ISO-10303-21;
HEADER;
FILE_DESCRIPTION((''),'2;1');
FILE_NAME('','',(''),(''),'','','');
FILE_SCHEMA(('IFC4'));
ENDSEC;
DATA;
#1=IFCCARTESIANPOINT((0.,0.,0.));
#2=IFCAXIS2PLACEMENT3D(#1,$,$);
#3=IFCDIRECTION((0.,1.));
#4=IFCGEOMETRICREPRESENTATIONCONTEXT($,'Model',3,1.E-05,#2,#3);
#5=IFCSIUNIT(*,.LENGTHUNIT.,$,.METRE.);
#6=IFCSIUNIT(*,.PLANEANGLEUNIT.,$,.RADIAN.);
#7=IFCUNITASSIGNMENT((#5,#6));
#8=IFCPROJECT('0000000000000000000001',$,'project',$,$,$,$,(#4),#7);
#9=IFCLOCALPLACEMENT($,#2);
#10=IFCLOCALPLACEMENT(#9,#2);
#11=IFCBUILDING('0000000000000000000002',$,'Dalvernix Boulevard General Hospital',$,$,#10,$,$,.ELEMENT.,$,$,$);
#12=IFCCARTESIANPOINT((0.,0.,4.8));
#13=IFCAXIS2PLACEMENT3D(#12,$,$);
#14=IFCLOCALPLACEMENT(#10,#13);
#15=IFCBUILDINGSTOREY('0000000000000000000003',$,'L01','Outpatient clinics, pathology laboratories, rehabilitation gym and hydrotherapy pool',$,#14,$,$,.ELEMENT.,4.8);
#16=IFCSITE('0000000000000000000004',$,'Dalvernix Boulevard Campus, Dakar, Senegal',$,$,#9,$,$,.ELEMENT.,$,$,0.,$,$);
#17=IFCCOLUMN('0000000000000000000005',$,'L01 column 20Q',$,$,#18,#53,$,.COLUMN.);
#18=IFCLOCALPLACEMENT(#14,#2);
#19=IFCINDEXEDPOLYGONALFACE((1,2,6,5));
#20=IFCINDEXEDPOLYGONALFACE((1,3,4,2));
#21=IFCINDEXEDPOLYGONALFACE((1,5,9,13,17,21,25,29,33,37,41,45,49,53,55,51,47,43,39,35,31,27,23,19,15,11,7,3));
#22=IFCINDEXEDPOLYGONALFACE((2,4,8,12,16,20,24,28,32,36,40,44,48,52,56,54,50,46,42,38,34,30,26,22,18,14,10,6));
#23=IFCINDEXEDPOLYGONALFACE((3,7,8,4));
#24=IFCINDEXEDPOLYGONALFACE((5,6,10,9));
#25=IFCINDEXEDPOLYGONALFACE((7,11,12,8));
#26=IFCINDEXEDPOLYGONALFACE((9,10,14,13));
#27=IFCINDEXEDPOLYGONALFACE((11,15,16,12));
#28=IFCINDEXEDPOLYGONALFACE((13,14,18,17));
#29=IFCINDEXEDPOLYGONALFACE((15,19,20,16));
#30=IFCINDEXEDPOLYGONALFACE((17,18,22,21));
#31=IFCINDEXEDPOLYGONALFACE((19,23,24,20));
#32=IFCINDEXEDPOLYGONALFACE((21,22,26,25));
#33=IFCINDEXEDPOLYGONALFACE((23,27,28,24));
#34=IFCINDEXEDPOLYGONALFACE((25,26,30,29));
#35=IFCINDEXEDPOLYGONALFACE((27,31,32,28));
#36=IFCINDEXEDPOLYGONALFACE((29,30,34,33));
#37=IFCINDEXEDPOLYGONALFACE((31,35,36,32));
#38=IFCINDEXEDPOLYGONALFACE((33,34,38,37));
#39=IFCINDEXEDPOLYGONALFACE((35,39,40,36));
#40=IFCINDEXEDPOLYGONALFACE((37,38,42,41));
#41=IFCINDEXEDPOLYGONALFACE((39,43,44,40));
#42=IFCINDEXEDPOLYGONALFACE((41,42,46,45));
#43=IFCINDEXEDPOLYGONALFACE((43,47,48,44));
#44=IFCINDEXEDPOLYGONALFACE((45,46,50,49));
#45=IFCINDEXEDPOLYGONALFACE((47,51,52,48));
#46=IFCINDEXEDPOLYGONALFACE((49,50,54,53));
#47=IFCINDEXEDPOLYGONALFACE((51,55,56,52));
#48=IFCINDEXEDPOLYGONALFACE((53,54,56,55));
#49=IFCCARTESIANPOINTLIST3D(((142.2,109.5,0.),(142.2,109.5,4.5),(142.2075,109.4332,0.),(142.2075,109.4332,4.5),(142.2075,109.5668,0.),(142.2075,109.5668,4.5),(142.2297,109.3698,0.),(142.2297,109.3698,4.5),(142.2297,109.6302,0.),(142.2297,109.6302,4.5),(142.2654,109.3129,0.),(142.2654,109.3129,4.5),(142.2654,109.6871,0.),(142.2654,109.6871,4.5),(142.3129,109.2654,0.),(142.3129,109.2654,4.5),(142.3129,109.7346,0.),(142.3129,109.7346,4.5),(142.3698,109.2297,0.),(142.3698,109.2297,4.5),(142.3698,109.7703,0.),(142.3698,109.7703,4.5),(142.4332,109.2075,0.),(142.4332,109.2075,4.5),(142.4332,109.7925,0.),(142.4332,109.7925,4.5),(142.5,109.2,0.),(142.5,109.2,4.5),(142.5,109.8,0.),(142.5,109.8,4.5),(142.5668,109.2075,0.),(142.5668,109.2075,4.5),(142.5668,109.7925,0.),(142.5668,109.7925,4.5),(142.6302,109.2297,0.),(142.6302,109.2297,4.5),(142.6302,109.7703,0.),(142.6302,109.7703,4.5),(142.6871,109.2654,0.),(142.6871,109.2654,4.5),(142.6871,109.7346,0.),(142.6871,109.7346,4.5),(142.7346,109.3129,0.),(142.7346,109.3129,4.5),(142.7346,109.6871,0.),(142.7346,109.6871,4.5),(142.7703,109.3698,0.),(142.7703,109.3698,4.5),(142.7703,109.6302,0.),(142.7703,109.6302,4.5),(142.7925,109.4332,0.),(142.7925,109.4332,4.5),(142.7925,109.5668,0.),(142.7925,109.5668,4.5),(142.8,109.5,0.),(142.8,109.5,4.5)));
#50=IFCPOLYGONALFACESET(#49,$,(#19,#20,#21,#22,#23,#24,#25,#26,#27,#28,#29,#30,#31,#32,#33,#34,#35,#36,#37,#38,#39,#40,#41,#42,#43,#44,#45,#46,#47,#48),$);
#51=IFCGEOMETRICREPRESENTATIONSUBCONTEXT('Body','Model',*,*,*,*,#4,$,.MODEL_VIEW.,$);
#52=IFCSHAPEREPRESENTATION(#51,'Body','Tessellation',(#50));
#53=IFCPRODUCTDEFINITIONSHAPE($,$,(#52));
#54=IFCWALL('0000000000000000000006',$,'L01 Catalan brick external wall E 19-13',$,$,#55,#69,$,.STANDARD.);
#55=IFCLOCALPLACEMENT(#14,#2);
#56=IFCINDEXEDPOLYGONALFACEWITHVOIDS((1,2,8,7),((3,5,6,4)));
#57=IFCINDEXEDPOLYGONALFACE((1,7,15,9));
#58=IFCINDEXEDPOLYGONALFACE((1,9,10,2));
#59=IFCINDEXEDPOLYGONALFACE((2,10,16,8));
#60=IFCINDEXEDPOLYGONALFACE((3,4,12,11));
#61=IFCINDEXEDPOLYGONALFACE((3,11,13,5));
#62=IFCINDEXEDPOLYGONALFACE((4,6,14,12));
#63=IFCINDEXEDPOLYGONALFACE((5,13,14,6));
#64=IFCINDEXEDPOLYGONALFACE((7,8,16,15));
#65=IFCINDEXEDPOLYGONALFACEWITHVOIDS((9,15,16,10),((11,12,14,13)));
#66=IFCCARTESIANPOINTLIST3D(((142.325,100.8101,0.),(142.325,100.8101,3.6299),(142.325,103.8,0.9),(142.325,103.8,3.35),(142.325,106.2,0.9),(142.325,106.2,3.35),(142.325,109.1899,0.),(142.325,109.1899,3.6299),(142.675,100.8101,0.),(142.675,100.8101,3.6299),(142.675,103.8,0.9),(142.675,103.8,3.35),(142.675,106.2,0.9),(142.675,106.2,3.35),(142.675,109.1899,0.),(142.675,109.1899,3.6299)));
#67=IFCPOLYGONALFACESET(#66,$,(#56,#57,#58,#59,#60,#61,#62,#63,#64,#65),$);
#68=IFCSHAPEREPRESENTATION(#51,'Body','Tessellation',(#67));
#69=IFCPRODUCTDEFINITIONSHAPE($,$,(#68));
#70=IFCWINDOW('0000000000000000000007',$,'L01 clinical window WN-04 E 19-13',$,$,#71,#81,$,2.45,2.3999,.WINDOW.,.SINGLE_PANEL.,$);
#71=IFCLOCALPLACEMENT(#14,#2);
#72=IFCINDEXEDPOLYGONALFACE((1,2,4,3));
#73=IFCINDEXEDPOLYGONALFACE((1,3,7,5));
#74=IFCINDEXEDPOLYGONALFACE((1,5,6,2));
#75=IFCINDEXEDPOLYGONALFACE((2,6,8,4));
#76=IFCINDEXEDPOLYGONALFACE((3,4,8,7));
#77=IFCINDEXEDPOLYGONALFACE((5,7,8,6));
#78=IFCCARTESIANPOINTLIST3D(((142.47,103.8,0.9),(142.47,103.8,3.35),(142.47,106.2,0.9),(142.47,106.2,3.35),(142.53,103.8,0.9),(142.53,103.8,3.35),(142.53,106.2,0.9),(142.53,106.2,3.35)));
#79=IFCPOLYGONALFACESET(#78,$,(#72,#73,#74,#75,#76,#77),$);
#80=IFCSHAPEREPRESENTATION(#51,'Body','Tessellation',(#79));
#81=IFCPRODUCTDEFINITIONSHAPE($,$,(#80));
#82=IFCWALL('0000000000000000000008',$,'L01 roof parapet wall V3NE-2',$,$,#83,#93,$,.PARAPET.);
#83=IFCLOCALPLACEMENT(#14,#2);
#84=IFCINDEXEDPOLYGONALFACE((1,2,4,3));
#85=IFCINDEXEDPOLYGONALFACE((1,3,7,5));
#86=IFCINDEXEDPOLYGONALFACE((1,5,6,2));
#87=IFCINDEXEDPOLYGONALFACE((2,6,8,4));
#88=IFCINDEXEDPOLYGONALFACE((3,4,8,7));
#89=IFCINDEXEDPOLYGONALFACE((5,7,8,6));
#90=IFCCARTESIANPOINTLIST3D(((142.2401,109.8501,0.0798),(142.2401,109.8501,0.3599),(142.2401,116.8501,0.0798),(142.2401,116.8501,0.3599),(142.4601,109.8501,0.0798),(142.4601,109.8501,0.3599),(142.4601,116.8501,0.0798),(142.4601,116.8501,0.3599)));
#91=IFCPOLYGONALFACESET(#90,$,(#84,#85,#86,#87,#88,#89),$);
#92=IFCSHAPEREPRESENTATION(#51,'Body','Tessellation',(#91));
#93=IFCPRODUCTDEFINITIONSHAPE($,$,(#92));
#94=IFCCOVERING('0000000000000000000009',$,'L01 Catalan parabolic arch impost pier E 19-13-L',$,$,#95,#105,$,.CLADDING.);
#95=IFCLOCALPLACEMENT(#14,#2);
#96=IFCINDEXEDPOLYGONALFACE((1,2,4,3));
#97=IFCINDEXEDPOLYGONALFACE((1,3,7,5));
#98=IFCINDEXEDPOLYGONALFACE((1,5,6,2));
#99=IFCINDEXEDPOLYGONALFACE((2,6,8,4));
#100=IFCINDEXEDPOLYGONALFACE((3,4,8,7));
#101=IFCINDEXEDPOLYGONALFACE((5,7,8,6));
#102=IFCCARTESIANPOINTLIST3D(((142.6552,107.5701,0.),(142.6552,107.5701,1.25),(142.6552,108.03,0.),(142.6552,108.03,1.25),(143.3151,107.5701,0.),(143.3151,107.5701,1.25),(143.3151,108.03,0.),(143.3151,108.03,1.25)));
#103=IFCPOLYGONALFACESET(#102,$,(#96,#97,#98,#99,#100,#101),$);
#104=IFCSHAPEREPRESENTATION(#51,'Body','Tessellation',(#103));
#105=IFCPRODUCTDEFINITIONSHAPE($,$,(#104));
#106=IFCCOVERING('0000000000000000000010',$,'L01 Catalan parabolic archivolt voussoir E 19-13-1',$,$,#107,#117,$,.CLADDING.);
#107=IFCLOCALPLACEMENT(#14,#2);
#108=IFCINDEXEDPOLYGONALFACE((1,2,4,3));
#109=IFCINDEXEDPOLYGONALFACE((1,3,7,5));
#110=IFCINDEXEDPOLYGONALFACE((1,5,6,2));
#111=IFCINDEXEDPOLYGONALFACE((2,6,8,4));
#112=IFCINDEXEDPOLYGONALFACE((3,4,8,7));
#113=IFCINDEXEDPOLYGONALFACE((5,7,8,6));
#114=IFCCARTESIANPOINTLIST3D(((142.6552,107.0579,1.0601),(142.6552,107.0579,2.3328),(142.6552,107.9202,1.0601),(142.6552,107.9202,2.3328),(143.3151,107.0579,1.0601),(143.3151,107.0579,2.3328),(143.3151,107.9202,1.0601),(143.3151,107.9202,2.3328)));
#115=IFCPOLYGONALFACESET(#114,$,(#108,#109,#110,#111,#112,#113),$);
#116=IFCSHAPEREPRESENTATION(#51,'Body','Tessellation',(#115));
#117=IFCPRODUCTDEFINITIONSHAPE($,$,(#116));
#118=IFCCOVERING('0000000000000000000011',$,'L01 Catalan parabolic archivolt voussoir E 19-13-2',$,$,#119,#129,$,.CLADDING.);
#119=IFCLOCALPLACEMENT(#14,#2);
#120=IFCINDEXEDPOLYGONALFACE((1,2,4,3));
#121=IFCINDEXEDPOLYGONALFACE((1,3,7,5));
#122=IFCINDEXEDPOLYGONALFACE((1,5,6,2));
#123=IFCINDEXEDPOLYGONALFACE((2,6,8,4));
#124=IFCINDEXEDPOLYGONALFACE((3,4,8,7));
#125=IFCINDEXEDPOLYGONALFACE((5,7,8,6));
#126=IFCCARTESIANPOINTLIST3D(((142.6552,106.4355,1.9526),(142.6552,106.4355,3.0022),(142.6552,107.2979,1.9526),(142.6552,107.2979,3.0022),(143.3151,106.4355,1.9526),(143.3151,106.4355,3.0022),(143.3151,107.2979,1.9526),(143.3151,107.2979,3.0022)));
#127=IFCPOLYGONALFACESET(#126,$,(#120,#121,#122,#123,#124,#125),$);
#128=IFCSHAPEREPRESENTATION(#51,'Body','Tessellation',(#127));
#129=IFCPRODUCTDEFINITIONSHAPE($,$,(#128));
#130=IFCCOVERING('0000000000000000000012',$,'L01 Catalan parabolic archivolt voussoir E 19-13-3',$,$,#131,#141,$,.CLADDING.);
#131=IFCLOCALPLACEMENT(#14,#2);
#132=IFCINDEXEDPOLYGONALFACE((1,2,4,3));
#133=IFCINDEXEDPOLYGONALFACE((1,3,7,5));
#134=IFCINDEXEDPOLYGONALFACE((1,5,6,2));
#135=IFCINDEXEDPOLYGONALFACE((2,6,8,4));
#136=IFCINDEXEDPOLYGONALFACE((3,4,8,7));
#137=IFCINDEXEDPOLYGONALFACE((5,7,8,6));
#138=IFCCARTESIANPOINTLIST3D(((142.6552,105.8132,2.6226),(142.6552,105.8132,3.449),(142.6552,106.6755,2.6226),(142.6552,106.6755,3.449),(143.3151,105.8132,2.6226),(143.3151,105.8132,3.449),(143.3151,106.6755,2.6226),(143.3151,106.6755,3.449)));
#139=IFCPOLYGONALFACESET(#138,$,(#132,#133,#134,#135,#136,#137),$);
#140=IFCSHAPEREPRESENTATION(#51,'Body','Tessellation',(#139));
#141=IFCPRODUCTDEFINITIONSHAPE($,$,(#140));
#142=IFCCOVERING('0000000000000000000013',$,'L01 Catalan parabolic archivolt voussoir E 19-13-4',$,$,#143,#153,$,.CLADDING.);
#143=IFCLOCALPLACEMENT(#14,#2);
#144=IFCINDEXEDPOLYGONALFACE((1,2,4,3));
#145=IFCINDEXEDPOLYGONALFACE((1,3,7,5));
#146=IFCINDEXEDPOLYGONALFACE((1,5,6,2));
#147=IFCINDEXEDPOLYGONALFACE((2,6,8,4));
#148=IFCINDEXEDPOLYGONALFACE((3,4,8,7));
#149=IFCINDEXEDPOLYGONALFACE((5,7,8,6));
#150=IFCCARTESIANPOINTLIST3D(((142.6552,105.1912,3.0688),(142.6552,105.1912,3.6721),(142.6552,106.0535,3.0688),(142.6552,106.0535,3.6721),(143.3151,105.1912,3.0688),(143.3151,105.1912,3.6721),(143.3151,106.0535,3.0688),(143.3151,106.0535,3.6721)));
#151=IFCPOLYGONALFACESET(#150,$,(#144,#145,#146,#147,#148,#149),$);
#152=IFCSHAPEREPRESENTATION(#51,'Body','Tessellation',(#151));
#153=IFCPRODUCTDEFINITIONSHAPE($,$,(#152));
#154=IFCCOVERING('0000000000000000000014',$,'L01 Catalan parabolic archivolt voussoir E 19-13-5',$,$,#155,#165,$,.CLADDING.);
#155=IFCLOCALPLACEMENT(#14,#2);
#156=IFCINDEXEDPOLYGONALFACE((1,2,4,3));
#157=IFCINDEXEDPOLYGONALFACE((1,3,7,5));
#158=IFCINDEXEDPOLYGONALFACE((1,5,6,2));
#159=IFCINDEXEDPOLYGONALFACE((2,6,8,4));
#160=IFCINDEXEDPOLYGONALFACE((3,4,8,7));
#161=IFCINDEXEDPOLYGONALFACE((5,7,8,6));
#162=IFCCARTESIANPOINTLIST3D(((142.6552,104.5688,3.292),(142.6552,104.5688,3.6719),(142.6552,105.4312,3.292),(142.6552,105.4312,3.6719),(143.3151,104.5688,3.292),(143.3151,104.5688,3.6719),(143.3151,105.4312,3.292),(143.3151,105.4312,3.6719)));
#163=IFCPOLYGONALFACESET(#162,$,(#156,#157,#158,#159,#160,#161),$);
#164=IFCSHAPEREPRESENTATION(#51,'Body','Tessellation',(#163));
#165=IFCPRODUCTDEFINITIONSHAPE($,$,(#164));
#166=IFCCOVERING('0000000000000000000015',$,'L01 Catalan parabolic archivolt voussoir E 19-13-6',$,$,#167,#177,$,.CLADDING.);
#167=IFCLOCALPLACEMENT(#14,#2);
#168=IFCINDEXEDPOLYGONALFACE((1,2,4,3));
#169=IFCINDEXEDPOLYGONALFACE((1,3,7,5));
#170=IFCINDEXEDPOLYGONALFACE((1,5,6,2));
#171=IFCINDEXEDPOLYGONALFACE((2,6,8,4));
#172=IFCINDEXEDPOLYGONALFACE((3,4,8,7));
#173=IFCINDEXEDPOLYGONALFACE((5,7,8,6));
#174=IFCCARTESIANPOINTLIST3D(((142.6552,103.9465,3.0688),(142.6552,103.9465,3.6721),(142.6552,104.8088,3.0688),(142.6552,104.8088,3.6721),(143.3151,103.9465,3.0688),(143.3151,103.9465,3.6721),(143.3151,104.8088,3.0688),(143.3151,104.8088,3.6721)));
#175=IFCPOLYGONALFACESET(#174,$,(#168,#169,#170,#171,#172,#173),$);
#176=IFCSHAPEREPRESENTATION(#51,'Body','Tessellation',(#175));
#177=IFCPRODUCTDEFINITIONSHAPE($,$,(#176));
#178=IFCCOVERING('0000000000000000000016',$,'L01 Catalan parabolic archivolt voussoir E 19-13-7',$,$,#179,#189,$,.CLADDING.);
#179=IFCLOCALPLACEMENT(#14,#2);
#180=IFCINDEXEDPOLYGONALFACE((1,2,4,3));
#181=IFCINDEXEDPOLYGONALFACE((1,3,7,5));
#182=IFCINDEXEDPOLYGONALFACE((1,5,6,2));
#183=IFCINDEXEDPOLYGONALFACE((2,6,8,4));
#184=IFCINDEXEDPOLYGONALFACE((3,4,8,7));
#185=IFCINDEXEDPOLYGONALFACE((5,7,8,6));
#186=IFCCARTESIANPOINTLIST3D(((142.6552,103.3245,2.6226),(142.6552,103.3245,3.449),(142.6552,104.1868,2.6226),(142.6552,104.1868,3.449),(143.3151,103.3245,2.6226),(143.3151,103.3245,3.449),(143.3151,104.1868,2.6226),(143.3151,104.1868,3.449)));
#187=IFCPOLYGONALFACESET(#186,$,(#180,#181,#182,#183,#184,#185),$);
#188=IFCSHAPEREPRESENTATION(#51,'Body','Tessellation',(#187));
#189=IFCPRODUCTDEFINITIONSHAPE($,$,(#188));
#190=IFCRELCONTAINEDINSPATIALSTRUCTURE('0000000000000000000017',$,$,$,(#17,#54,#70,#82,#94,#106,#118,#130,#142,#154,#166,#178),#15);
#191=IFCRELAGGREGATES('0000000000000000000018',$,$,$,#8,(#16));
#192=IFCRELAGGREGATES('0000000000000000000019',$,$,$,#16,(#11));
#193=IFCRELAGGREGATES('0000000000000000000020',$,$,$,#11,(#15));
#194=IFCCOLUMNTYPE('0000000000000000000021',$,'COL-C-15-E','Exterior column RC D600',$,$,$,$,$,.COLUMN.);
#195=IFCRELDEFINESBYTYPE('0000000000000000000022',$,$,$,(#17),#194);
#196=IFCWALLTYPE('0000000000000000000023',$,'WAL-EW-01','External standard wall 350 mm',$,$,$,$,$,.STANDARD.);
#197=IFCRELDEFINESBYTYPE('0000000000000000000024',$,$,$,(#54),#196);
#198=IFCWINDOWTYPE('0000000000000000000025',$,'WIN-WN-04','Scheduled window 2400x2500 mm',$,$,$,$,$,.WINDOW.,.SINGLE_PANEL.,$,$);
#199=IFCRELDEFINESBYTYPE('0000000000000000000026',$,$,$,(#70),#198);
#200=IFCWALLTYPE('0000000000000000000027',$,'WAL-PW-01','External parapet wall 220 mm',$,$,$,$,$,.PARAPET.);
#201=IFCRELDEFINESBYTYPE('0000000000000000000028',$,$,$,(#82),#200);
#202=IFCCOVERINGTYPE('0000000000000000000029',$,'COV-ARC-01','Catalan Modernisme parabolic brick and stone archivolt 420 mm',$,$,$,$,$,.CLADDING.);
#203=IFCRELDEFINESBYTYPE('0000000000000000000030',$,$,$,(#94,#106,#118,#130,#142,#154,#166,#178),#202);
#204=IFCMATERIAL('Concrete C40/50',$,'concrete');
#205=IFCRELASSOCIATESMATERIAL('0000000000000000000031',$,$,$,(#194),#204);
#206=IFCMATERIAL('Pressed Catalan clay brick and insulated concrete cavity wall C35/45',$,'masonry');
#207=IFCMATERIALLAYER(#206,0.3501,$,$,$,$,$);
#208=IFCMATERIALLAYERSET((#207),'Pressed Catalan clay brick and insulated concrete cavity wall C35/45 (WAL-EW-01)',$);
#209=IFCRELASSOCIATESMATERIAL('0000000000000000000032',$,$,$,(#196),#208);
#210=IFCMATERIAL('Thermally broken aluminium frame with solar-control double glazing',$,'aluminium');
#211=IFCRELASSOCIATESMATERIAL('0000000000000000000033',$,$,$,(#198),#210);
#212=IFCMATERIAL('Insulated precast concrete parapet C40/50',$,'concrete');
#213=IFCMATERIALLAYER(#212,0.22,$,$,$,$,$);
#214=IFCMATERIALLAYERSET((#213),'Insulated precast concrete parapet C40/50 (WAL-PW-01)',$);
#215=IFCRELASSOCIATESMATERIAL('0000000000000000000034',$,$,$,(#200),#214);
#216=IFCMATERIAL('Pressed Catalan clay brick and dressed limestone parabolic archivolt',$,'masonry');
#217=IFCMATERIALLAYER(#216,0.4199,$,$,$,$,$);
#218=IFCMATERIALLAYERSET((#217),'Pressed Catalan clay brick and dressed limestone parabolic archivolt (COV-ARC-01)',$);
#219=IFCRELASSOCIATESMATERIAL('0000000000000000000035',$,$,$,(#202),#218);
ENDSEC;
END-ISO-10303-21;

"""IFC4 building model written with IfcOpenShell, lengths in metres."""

from ifc_helpers import new_model, si_unit, direction, frame, frame_2d, origin, origin_2d, place, context, subcontext, project, spatial, rectangle, circle, extrude, material, layer, layer_set, material_profile, profile_set, type_object, element, fill, save


model = new_model("IFC4")

# Units and contexts
model_context = context("Model", 3, precision=1e-05, world=origin(), true_north=direction((0.0, 1.0)))
body_context = subcontext(model_context, "Body", "Model", "MODEL_VIEW")
ifc_project = project(units=[si_unit("LENGTHUNIT", "METRE"), si_unit("PLANEANGLEUNIT", "RADIAN")], contexts=[model_context])

# Site, building, storey
site_placement = place(None, origin())
site = spatial("IfcSite", under=ifc_project, at=site_placement, Name="Dalvernix Boulevard Campus, Dakar, Senegal", CompositionType="ELEMENT", RefElevation=0.0)
building_placement = place(site_placement, origin())
building = spatial("IfcBuilding", under=site, at=building_placement, Name="Dalvernix Boulevard General Hospital", CompositionType="ELEMENT")
storey_placement = place(building_placement, frame((0.0, 0.0, 4.8)))
storey = spatial("IfcBuildingStorey", under=building, at=storey_placement, Name="L01", Description="Outpatient clinics, pathology laboratories, rehabilitation gym and hydrotherapy pool", CompositionType="ELEMENT", Elevation=4.8)

# Column
ifc_material_1 = material(Name="Concrete C40/50", Category="concrete")
ifc_material_profile = material_profile(ifc_material_1, circle(Radius=0.3, at=origin_2d()), Name="RC D600")
ifc_profile_set = profile_set([ifc_material_profile], Name="Concrete C40/50")
column_type = type_object("IfcColumnType", Name="COL-C-15-E", Description="Exterior column RC D600", PredefinedType="COLUMN", material=ifc_profile_set)
column_placement = place(storey_placement, frame((142.5, 109.5, 0.0), z_axis=(0.0, 0.0, 1.0), x_axis=(1.0, 0.0, 0.0)))
element("IfcColumn", 1, at=column_placement, inside=storey, type_object=column_type, Name="L01 column 20Q", PredefinedType="COLUMN", context=body_context, shape_type="SweptSolid", body=[
    extrude(circle(Radius=0.3, at=origin_2d()), origin(), (0.0, 0.0, 1.0), 4.5),
])

# Wall, opening, window
ifc_material_2 = material(Name="Pressed Catalan clay brick and insulated concrete cavity wall C35/45", Category="masonry")
ifc_layer_1 = layer(ifc_material_2, 0.3501)
ifc_layer_set_1 = layer_set([ifc_layer_1], Name="Pressed Catalan clay brick and insulated concrete cavity wall C35/45 (WAL-EW-01)")
wall_type_1 = type_object("IfcWallType", Name="WAL-EW-01", Description="External standard wall 350 mm", PredefinedType="STANDARD", material=ifc_layer_set_1)
wall_1_placement = place(storey_placement, frame((142.5, 109.1899, 0.0), z_axis=(0.0, 0.0, 1.0), x_axis=(0.0, -1.0, 0.0)))
wall_1 = element("IfcWall", 2, at=wall_1_placement, inside=storey, type_object=wall_type_1, Name="L01 Catalan brick external wall E 19-13", PredefinedType="STANDARD", context=body_context, shape_type="SweptSolid", body=[
    extrude(rectangle(XDim=8.3799, YDim=0.3501, at=frame_2d((4.1899, 0.0))), origin(), (0.0, 0.0, 1.0), 3.6299),
])
opening_placement = place(wall_1_placement, frame((2.99, 0.0, 0.8999)))
opening = element("IfcOpeningElement", 3, at=opening_placement, cuts=wall_1, PredefinedType="OPENING", context=body_context, shape_type="SweptSolid", body=[
    extrude(rectangle(XDim=2.3999, YDim=2.45, at=frame_2d((1.2, 1.2251))), frame((0.0, 0.1851, 0.0), z_axis=(0.0, -1.0, 0.0), x_axis=(1.0, 0.0, 0.0)), (0.0, 0.0, 1.0), 0.3701),
])
ifc_material_3 = material(Name="Thermally broken aluminium frame with solar-control double glazing", Category="aluminium")
window_type = type_object("IfcWindowType", Name="WIN-WN-04", Description="Scheduled window 2400x2500 mm", PartitioningType="SINGLE_PANEL", PredefinedType="WINDOW", material=ifc_material_3)
window_placement = place(opening_placement, origin())
window = element("IfcWindow", 4, at=window_placement, inside=storey, type_object=window_type, Name="L01 clinical window WN-04 E 19-13", OverallHeight=2.45, OverallWidth=2.3999, PartitioningType="SINGLE_PANEL", PredefinedType="WINDOW", context=body_context, shape_type="SweptSolid", body=[
    extrude(rectangle(XDim=2.3999, YDim=2.45, at=frame_2d((1.2, 1.2251))), frame((0.0, 0.03, 0.0), z_axis=(0.0, -1.0, 0.0), x_axis=(1.0, 0.0, 0.0)), (0.0, 0.0, 1.0), 0.0601),
])
fill(opening, window)

# Wall
ifc_material_4 = material(Name="Insulated precast concrete parapet C40/50", Category="concrete")
ifc_layer_2 = layer(ifc_material_4, 0.22)
ifc_layer_set_2 = layer_set([ifc_layer_2], Name="Insulated precast concrete parapet C40/50 (WAL-PW-01)")
wall_type_2 = type_object("IfcWallType", Name="WAL-PW-01", Description="External parapet wall 220 mm", PredefinedType="PARAPET", material=ifc_layer_set_2)
wall_2_placement = place(storey_placement, frame((142.3501, 109.8501, 0.0798), z_axis=(0.0, 0.0, 1.0), x_axis=(0.0, 1.0, 0.0)))
element("IfcWall", 5, at=wall_2_placement, inside=storey, type_object=wall_type_2, Name="L01 roof parapet wall V3NE-2", PredefinedType="PARAPET", context=body_context, shape_type="SweptSolid", body=[
    extrude(rectangle(XDim=7.0, YDim=0.22, at=frame_2d((3.5, 0.0))), origin(), (0.0, 0.0, 1.0), 0.28),
])

# Coverings
ifc_material_5 = material(Name="Pressed Catalan clay brick and dressed limestone parabolic archivolt", Category="masonry")
ifc_layer_3 = layer(ifc_material_5, 0.4199)
ifc_layer_set_3 = layer_set([ifc_layer_3], Name="Pressed Catalan clay brick and dressed limestone parabolic archivolt (COV-ARC-01)")
covering_type_1 = type_object("IfcCoveringType", Name="COV-ARC-01", Description="Catalan Modernisme parabolic brick and stone archivolt 420 mm", PredefinedType="CLADDING", material=ifc_layer_set_3)
covering_1_placement = place(storey_placement, frame((142.9851, 107.8, 0.0), z_axis=(0.0, 0.0, 1.0), x_axis=(0.0, -1.0, 0.0)))
element("IfcCovering", 6, at=covering_1_placement, inside=storey, type_object=covering_type_1, Name="L01 Catalan parabolic arch impost pier E 19-13-L", PredefinedType="CLADDING", context=body_context, shape_type="SweptSolid", body=[
    extrude(rectangle(XDim=0.46, YDim=0.6599, at=origin_2d()), origin(), (0.0, 0.0, 1.0), 1.25),
])
covering_2_placement = place(storey_placement, frame((142.9851, 107.489, 1.0601), z_axis=(0.0, 0.0, 1.0), x_axis=(0.0, -1.0, 0.0)))
element("IfcCovering", 7, at=covering_2_placement, inside=storey, type_object=covering_type_1, Name="L01 Catalan parabolic archivolt voussoir E 19-13-1", PredefinedType="CLADDING", context=body_context, shape_type="SweptSolid", body=[
    extrude(rectangle(XDim=0.8623, YDim=0.6599, at=origin_2d()), origin(), (0.0, 0.0, 1.0), 1.2727),
])
covering_3_placement = place(storey_placement, frame((142.9851, 106.8667, 1.9526), z_axis=(0.0, 0.0, 1.0), x_axis=(0.0, -1.0, 0.0)))
element("IfcCovering", 8, at=covering_3_placement, inside=storey, type_object=covering_type_1, Name="L01 Catalan parabolic archivolt voussoir E 19-13-2", PredefinedType="CLADDING", context=body_context, shape_type="SweptSolid", body=[
    extrude(rectangle(XDim=0.8623, YDim=0.6599, at=origin_2d()), origin(), (0.0, 0.0, 1.0), 1.0496),
])
covering_4_placement = place(storey_placement, frame((142.9851, 106.2444, 2.6226), z_axis=(0.0, 0.0, 1.0), x_axis=(0.0, -1.0, 0.0)))
element("IfcCovering", 9, at=covering_4_placement, inside=storey, type_object=covering_type_1, Name="L01 Catalan parabolic archivolt voussoir E 19-13-3", PredefinedType="CLADDING", context=body_context, shape_type="SweptSolid", body=[
    extrude(rectangle(XDim=0.8623, YDim=0.6599, at=origin_2d()), origin(), (0.0, 0.0, 1.0), 0.8264),
])
covering_5_placement = place(storey_placement, frame((142.9851, 105.6223, 3.0688), z_axis=(0.0, 0.0, 1.0), x_axis=(0.0, -1.0, 0.0)))
element("IfcCovering", 10, at=covering_5_placement, inside=storey, type_object=covering_type_1, Name="L01 Catalan parabolic archivolt voussoir E 19-13-4", PredefinedType="CLADDING", context=body_context, shape_type="SweptSolid", body=[
    extrude(rectangle(XDim=0.8623, YDim=0.6599, at=origin_2d()), origin(), (0.0, 0.0, 1.0), 0.6033),
])
covering_6_placement = place(storey_placement, frame((142.9851, 105.0, 3.292), z_axis=(0.0, 0.0, 1.0), x_axis=(0.0, -1.0, 0.0)))
element("IfcCovering", 11, at=covering_6_placement, inside=storey, type_object=covering_type_1, Name="L01 Catalan parabolic archivolt voussoir E 19-13-5", PredefinedType="CLADDING", context=body_context, shape_type="SweptSolid", body=[
    extrude(rectangle(XDim=0.8623, YDim=0.6599, at=origin_2d()), origin(), (0.0, 0.0, 1.0), 0.3799),
])
covering_7_placement = place(storey_placement, frame((142.9851, 104.3777, 3.0688), z_axis=(0.0, 0.0, 1.0), x_axis=(0.0, -1.0, 0.0)))
element("IfcCovering", 12, at=covering_7_placement, inside=storey, type_object=covering_type_1, Name="L01 Catalan parabolic archivolt voussoir E 19-13-6", PredefinedType="CLADDING", context=body_context, shape_type="SweptSolid", body=[
    extrude(rectangle(XDim=0.8623, YDim=0.6599, at=origin_2d()), origin(), (0.0, 0.0, 1.0), 0.6033),
])
covering_8_placement = place(storey_placement, frame((142.9851, 103.7556, 2.6226), z_axis=(0.0, 0.0, 1.0), x_axis=(0.0, -1.0, 0.0)))
element("IfcCovering", 13, at=covering_8_placement, inside=storey, type_object=covering_type_1, Name="L01 Catalan parabolic archivolt voussoir E 19-13-7", PredefinedType="CLADDING", context=body_context, shape_type="SweptSolid", body=[
    extrude(rectangle(XDim=0.8623, YDim=0.6599, at=origin_2d()), origin(), (0.0, 0.0, 1.0), 0.8264),
])

save(model, "model.ifc")
